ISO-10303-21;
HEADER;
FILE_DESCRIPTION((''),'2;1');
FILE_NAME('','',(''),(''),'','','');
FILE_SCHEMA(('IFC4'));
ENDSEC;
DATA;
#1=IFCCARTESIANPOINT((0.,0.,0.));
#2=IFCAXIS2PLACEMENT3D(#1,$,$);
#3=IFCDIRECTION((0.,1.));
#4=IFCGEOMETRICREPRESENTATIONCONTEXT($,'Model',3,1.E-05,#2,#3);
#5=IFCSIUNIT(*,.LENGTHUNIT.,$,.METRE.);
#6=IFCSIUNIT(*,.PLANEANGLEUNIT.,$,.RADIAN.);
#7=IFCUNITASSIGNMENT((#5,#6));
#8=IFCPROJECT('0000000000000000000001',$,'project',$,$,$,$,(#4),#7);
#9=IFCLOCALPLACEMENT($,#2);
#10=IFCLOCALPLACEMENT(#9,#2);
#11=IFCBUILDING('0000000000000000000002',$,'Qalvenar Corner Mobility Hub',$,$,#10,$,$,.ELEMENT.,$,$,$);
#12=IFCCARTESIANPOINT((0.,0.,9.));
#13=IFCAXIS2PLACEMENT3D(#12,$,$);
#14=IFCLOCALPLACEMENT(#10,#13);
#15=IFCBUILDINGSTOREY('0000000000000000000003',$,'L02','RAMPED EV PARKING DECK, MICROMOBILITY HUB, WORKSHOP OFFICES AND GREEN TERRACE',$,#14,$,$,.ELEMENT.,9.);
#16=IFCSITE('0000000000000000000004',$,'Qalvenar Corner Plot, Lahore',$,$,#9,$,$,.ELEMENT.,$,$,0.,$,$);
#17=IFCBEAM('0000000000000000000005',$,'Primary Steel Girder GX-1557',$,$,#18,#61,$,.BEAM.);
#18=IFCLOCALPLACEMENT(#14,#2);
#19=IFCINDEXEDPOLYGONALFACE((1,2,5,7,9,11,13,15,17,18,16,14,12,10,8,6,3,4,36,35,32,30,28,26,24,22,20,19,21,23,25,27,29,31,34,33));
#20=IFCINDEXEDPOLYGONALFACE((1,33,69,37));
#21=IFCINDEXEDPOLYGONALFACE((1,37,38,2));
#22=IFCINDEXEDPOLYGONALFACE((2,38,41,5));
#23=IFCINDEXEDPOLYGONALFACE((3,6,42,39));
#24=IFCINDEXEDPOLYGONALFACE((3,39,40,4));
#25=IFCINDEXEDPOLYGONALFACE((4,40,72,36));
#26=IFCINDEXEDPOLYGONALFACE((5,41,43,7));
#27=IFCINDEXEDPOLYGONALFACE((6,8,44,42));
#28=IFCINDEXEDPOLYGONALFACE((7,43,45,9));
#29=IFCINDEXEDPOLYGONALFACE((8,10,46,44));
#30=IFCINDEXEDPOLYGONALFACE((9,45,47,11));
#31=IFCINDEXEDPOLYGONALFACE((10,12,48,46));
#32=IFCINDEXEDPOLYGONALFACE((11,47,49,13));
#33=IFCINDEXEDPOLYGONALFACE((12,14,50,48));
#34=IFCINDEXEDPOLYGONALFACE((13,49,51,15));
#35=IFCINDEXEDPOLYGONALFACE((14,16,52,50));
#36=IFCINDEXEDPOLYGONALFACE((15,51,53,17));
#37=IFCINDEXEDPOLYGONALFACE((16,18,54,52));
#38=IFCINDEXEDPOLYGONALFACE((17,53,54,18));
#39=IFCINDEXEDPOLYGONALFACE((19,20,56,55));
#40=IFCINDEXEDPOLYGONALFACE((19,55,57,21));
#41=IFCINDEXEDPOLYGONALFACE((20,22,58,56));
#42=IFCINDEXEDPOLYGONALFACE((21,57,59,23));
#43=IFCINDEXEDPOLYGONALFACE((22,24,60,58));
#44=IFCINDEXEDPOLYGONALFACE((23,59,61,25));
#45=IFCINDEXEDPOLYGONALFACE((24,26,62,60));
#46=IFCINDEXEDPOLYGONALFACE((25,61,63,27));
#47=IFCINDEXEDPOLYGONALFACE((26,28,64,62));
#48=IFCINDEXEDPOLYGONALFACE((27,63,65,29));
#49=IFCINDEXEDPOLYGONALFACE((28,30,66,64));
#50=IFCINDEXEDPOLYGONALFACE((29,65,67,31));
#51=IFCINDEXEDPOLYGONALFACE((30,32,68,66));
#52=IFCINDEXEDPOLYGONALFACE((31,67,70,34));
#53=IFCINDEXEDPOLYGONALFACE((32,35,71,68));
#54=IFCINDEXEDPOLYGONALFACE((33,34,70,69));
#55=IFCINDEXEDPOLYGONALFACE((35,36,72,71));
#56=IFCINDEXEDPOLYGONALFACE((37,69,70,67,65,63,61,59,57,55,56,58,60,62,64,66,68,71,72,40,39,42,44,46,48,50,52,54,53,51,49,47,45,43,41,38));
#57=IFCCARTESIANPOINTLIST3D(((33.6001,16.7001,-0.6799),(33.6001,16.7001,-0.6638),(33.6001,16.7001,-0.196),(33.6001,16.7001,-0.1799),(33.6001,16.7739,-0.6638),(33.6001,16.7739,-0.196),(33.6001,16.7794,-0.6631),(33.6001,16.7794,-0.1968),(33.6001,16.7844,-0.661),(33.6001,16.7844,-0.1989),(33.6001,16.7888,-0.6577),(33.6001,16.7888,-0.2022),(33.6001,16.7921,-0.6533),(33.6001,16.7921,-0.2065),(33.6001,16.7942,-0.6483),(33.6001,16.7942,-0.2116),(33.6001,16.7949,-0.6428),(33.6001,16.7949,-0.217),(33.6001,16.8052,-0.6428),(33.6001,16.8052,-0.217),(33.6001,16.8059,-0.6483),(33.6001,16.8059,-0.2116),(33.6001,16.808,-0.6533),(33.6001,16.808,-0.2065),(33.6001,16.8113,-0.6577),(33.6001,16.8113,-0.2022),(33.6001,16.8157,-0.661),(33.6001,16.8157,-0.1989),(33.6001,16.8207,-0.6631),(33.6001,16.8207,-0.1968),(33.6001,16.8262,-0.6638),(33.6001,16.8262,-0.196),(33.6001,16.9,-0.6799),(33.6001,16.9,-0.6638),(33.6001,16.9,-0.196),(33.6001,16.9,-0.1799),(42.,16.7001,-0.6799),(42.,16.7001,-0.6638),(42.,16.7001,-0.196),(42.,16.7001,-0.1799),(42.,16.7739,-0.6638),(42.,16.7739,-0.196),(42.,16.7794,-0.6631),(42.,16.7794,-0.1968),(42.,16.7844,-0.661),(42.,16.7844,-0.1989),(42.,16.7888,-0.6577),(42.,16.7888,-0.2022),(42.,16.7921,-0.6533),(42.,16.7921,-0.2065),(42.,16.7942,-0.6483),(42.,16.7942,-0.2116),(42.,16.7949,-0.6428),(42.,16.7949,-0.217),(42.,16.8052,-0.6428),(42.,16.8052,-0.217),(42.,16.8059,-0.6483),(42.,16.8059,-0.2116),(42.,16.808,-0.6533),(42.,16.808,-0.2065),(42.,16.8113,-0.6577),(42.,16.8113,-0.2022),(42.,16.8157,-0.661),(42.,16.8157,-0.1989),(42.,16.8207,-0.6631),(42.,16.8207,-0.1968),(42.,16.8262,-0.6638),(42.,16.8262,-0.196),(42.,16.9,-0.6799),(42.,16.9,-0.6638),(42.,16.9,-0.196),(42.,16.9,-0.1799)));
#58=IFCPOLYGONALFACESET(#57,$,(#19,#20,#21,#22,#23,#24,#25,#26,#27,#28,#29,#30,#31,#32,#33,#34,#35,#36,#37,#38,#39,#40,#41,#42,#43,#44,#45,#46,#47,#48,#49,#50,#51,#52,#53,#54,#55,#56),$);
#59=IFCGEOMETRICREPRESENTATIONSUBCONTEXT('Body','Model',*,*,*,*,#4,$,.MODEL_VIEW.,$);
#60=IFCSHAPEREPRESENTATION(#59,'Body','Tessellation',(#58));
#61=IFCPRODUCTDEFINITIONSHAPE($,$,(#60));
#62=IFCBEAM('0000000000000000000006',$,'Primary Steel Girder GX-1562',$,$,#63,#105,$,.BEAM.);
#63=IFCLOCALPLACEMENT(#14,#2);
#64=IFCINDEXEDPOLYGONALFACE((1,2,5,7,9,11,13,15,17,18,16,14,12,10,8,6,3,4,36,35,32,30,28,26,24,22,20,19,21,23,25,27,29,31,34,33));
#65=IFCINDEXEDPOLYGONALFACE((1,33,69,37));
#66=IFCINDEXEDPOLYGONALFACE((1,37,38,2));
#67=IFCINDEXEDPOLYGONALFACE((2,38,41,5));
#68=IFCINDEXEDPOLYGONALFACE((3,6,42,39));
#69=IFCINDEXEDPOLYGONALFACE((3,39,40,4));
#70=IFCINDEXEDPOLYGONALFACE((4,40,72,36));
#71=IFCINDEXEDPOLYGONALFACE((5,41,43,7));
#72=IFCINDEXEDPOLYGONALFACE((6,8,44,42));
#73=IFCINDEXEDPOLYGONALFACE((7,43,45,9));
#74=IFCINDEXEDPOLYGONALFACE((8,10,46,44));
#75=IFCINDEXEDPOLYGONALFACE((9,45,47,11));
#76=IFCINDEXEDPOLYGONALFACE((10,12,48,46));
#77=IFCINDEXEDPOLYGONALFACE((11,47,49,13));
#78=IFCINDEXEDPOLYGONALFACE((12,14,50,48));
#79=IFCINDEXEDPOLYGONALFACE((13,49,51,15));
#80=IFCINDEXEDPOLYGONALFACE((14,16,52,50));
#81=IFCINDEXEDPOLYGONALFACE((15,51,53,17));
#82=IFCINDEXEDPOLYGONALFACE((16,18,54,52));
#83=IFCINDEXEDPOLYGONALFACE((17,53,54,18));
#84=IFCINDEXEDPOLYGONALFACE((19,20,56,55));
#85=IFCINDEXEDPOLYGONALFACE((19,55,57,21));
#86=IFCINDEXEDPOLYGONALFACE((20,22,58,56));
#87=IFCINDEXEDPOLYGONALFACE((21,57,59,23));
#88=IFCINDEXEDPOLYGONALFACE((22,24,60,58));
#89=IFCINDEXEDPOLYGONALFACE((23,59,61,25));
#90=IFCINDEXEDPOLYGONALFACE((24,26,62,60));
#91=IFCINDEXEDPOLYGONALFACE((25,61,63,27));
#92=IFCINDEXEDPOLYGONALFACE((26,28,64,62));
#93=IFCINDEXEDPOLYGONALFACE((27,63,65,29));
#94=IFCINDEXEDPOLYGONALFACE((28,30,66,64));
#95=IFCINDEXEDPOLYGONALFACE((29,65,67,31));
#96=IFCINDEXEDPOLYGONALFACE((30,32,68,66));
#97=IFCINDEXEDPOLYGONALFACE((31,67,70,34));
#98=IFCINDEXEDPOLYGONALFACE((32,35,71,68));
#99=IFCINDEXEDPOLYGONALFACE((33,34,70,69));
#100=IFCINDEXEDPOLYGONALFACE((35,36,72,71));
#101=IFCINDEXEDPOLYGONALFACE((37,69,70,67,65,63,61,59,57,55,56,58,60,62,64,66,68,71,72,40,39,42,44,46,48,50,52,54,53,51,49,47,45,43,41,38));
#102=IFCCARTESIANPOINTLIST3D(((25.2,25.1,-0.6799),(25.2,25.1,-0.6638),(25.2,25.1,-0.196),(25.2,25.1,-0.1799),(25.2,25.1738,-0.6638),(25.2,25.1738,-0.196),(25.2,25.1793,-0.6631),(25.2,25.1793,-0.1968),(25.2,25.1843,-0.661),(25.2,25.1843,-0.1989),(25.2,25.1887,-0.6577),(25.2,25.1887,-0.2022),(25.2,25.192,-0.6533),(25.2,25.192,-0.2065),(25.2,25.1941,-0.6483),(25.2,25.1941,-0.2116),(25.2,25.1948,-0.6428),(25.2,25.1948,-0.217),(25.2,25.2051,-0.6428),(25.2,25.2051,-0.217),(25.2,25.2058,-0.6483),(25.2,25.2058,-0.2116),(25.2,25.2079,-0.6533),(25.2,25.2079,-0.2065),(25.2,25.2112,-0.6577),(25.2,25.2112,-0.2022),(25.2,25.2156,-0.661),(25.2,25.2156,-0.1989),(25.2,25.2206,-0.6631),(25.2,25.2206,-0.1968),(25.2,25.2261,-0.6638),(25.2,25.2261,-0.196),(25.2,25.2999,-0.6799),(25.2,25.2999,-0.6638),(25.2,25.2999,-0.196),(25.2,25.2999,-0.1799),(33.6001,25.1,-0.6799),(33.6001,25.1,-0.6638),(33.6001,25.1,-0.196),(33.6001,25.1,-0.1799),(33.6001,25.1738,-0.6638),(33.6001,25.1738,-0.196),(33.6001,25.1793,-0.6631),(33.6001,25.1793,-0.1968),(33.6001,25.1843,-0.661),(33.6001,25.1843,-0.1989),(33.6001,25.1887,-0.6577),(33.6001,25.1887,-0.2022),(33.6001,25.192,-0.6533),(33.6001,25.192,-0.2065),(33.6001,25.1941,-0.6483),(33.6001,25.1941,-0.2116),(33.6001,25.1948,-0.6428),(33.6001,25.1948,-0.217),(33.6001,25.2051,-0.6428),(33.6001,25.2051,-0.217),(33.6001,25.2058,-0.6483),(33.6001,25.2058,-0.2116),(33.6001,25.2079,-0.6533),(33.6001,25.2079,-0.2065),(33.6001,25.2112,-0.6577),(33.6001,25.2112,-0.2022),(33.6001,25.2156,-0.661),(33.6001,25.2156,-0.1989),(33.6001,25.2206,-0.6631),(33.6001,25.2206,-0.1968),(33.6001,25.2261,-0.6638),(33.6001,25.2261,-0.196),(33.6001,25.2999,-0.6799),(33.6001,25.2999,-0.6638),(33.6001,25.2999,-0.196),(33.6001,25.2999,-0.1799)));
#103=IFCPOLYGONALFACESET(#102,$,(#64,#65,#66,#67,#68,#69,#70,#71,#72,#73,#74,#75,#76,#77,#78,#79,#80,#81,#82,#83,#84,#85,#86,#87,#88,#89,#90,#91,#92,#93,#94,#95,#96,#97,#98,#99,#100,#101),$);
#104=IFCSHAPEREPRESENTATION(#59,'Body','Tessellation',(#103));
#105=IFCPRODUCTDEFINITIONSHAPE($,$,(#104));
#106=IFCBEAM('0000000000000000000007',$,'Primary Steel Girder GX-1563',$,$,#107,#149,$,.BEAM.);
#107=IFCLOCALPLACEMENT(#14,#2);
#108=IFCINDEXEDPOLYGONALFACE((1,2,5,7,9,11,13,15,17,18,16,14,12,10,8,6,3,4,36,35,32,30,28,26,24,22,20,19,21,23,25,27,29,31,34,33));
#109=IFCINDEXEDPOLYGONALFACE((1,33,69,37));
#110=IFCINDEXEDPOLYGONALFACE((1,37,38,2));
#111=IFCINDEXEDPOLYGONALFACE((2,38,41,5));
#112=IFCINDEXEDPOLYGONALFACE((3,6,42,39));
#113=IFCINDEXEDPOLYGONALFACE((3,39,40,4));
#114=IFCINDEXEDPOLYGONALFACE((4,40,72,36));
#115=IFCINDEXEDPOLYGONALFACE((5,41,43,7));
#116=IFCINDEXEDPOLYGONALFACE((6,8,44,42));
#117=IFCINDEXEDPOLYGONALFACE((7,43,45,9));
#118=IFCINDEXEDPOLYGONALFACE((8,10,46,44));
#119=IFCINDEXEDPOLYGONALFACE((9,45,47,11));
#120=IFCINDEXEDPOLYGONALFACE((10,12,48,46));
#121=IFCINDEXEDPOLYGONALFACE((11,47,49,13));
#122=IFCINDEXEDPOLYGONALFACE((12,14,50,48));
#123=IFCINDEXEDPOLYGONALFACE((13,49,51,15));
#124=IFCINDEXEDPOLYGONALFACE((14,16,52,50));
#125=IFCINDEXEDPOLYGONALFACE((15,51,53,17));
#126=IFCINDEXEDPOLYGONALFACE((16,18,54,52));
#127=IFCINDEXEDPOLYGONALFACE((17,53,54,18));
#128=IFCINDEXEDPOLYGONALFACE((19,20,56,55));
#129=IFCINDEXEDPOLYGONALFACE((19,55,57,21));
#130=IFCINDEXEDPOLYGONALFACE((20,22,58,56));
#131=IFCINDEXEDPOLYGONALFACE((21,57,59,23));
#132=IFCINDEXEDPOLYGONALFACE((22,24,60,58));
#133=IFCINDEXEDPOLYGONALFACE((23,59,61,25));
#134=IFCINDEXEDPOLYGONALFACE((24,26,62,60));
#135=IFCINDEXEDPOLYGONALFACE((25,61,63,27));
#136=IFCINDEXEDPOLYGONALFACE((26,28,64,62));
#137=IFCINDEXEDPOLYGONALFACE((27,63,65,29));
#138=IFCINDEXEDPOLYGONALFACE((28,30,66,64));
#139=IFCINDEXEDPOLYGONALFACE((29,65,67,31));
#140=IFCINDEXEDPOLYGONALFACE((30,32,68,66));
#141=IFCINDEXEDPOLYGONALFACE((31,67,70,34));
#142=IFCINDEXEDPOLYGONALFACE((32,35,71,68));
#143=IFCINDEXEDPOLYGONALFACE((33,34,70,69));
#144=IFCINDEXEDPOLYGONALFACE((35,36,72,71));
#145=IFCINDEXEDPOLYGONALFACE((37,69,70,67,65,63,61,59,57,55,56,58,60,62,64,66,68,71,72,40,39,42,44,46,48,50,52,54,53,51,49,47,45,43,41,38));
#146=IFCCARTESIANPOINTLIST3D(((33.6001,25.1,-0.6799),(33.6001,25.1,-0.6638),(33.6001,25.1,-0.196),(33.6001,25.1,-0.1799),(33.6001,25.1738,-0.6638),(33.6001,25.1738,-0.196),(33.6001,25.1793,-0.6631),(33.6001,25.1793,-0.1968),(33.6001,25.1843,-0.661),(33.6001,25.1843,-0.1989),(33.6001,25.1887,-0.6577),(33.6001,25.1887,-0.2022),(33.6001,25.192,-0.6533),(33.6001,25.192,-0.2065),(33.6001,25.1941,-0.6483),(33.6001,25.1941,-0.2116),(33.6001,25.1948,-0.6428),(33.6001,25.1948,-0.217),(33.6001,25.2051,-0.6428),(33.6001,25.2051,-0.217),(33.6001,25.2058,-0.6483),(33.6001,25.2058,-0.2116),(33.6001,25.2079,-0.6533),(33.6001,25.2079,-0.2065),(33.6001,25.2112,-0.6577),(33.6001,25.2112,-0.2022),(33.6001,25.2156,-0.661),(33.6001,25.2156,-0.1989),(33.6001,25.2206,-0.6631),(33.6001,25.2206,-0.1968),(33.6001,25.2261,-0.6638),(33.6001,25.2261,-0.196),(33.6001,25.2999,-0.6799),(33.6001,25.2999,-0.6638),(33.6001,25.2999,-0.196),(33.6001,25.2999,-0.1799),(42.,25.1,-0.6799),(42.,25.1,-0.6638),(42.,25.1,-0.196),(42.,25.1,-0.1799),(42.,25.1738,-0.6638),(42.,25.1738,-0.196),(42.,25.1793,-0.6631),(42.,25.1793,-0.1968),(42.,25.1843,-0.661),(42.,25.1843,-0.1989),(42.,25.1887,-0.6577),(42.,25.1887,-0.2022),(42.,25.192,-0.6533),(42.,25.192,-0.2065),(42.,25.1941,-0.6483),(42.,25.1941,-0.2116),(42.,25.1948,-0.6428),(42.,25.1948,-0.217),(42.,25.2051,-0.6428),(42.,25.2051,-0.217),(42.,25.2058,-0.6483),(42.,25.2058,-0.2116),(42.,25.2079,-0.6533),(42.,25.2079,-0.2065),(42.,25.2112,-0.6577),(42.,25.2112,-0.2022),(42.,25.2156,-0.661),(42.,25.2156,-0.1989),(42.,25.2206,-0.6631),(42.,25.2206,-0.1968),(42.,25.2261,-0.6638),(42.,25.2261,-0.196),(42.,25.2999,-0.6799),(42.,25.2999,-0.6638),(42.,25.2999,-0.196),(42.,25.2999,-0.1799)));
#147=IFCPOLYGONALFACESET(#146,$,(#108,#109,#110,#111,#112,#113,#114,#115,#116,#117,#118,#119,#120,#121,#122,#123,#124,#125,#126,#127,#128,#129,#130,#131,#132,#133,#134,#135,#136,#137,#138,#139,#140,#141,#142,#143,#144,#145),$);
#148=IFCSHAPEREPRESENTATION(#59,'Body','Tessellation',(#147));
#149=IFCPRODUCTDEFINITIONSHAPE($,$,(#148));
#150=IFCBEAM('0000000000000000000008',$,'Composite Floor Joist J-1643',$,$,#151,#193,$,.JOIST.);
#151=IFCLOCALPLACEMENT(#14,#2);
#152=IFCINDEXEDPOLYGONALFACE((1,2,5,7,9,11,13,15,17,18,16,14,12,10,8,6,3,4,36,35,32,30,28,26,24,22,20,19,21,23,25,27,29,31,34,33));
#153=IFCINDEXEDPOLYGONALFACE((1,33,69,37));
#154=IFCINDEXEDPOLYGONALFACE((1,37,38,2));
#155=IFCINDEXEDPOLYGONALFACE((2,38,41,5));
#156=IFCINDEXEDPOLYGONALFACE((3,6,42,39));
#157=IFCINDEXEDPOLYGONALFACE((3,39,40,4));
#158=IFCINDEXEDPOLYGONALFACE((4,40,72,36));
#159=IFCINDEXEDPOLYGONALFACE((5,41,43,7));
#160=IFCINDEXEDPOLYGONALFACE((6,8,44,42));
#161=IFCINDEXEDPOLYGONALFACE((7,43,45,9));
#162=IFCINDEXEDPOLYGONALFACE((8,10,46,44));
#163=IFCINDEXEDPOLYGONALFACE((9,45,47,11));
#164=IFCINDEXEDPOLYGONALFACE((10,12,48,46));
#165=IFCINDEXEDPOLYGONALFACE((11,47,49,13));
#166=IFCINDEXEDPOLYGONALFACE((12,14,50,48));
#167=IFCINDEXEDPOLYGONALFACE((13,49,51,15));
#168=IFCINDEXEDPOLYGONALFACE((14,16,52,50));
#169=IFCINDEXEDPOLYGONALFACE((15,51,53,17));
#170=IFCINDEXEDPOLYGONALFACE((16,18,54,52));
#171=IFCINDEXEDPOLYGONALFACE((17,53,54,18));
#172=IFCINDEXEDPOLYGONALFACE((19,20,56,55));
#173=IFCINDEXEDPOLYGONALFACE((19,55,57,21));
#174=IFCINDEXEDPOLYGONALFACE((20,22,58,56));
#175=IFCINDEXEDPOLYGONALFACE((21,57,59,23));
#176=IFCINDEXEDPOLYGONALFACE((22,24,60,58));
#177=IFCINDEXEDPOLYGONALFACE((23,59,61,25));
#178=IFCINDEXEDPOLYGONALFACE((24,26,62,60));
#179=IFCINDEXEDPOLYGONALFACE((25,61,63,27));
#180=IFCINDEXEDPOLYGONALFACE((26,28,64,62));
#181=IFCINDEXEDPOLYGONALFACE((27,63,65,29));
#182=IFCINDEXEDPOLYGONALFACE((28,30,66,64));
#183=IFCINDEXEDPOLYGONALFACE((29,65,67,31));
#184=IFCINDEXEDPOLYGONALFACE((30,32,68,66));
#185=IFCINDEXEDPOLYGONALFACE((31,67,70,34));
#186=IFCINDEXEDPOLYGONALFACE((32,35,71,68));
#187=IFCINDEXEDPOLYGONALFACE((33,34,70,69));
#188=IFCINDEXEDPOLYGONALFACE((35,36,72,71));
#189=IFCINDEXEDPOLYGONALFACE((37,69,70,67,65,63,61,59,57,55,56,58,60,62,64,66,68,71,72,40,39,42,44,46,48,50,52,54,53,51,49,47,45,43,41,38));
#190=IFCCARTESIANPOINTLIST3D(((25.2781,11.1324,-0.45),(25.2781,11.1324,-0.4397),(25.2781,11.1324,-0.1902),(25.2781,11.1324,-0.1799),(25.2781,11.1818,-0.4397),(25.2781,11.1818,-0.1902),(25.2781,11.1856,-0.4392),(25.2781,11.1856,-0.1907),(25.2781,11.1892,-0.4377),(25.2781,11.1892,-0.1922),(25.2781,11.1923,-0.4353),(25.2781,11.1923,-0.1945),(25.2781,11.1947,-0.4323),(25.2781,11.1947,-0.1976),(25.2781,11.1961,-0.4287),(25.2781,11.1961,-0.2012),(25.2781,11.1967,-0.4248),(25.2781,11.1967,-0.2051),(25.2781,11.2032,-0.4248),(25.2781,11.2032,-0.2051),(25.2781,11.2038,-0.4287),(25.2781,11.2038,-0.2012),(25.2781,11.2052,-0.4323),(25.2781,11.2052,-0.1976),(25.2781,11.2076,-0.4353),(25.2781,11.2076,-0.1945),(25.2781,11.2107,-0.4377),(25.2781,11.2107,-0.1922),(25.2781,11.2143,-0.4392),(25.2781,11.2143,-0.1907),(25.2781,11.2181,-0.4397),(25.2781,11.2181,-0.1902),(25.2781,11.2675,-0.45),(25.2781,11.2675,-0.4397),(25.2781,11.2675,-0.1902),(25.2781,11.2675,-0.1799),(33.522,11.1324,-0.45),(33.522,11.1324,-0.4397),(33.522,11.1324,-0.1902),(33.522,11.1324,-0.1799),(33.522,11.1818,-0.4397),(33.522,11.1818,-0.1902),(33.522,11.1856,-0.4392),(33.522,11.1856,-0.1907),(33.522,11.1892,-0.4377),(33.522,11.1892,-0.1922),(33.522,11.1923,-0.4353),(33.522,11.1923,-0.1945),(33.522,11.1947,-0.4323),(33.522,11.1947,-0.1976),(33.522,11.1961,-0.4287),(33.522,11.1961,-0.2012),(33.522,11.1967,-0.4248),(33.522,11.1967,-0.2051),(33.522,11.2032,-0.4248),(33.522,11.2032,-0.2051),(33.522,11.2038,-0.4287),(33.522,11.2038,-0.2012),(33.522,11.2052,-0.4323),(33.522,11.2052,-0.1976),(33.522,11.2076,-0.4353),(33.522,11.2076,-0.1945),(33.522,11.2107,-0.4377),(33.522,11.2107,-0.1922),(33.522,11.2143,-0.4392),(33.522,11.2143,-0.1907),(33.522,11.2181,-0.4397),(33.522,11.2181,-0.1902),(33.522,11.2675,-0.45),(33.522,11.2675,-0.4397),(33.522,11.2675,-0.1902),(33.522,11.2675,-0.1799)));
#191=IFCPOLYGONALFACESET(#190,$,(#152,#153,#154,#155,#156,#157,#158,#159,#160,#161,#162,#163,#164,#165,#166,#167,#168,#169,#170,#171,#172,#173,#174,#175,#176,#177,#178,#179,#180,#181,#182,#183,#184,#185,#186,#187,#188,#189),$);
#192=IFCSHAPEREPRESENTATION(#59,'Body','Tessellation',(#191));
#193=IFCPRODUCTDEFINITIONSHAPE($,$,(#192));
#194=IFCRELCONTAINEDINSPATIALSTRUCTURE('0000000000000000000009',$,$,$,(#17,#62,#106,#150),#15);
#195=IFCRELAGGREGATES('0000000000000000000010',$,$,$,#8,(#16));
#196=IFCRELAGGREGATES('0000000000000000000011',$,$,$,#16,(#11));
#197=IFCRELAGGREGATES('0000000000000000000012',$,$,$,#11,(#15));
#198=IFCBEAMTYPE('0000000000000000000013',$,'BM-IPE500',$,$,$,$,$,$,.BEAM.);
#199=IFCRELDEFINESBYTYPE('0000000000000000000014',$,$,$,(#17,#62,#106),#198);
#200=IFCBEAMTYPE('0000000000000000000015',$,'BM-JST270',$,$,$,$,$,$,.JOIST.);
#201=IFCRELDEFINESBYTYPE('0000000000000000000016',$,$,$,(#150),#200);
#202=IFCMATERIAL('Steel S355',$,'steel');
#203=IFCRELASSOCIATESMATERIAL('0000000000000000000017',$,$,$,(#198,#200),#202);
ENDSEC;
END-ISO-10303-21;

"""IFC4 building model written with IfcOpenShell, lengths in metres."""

from ifc_helpers import new_model, si_unit, direction, frame, origin, origin_2d, place, context, subcontext, project, spatial, i_section, extrude, material, material_profile, profile_set, type_object, element, save


model = new_model("IFC4")

# Units and contexts
model_context = context("Model", 3, precision=1e-05, world=origin(), true_north=direction((0.0, 1.0)))
body_context = subcontext(model_context, "Body", "Model", "MODEL_VIEW")
ifc_project = project(units=[si_unit("LENGTHUNIT", "METRE"), si_unit("PLANEANGLEUNIT", "RADIAN")], contexts=[model_context])

# Site, building, storey
site_placement = place(None, origin())
site = spatial("IfcSite", under=ifc_project, at=site_placement, Name="Qalvenar Corner Plot, Lahore", CompositionType="ELEMENT", RefElevation=0.0)
building_placement = place(site_placement, origin())
building = spatial("IfcBuilding", under=site, at=building_placement, Name="Qalvenar Corner Mobility Hub", CompositionType="ELEMENT")
storey_placement = place(building_placement, frame((0.0, 0.0, 9.0)))
storey = spatial("IfcBuildingStorey", under=building, at=storey_placement, Name="L02", Description="RAMPED EV PARKING DECK, MICROMOBILITY HUB, WORKSHOP OFFICES AND GREEN TERRACE", CompositionType="ELEMENT", Elevation=9.0)

# Shared definitions
ifc_material_1 = material(Name="Steel S355", Category="steel")

# Beams
ifc_material_profile_1 = material_profile(ifc_material_1, i_section(OverallWidth=0.2, OverallDepth=0.5, WebThickness=0.0103, FlangeThickness=0.0161, FilletRadius=0.021, at=origin_2d()), Name="IPE500")
ifc_profile_set_1 = profile_set([ifc_material_profile_1], Name="Steel S355")
beam_type_1 = type_object("IfcBeamType", Name="BM-IPE500", PredefinedType="BEAM", material=ifc_profile_set_1)
beam_1_placement = place(storey_placement, frame((33.6001, 16.8, -0.4299), z_axis=(1.0, 0.0, 0.0), x_axis=(0.0, 1.0, 0.0)))
element("IfcBeam", 1, at=beam_1_placement, inside=storey, type_object=beam_type_1, Name="Primary Steel Girder GX-1557", PredefinedType="BEAM", context=body_context, shape_type="SweptSolid", body=[
    extrude(i_section(OverallWidth=0.2, OverallDepth=0.5, WebThickness=0.0103, FlangeThickness=0.0161, FilletRadius=0.021, at=origin_2d()), origin(), (0.0, 0.0, 1.0), 8.3999),
])
beam_2_placement = place(storey_placement, frame((25.2, 25.2, -0.4299), z_axis=(1.0, 0.0, 0.0), x_axis=(0.0, 1.0, 0.0)))
element("IfcBeam", 2, at=beam_2_placement, inside=storey, type_object=beam_type_1, Name="Primary Steel Girder GX-1562", PredefinedType="BEAM", context=body_context, shape_type="SweptSolid", body=[
    extrude(i_section(OverallWidth=0.2, OverallDepth=0.5, WebThickness=0.0103, FlangeThickness=0.0161, FilletRadius=0.021, at=origin_2d()), origin(), (0.0, 0.0, 1.0), 8.4001),
])
beam_3_placement = place(storey_placement, frame((33.6001, 25.2, -0.4299), z_axis=(1.0, 0.0, 0.0), x_axis=(0.0, 1.0, 0.0)))
element("IfcBeam", 3, at=beam_3_placement, inside=storey, type_object=beam_type_1, Name="Primary Steel Girder GX-1563", PredefinedType="BEAM", context=body_context, shape_type="SweptSolid", body=[
    extrude(i_section(OverallWidth=0.2, OverallDepth=0.5, WebThickness=0.0103, FlangeThickness=0.0161, FilletRadius=0.021, at=origin_2d()), origin(), (0.0, 0.0, 1.0), 8.3999),
])
ifc_material_profile_2 = material_profile(ifc_material_1, i_section(OverallWidth=0.135, OverallDepth=0.27, WebThickness=0.0066, FlangeThickness=0.0103, FilletRadius=0.0149, at=origin_2d()), Name="IPE270")
ifc_profile_set_2 = profile_set([ifc_material_profile_2], Name="Steel S355")
beam_type_2 = type_object("IfcBeamType", Name="BM-JST270", PredefinedType="JOIST", material=ifc_profile_set_2)
for number, where, z_axis, x_axis, name in (
    (4, (25.2781, 11.2, -0.3149), (1.0, 0.0, 0.0), (0.0, 1.0, 0.0), "Composite Floor Joist J-1643"),
):
    element("IfcBeam", number, at=place(storey_placement, frame(where, z_axis=z_axis, x_axis=x_axis)), inside=storey, type_object=beam_type_2, Name=name, PredefinedType="JOIST", context=body_context, shape_type="SweptSolid", body=[
        extrude(i_section(OverallWidth=0.135, OverallDepth=0.27, WebThickness=0.0066, FlangeThickness=0.0103, FilletRadius=0.0149, at=origin_2d()), origin(), (0.0, 0.0, 1.0), 8.2439),
    ])

save(model, "model.ifc")
